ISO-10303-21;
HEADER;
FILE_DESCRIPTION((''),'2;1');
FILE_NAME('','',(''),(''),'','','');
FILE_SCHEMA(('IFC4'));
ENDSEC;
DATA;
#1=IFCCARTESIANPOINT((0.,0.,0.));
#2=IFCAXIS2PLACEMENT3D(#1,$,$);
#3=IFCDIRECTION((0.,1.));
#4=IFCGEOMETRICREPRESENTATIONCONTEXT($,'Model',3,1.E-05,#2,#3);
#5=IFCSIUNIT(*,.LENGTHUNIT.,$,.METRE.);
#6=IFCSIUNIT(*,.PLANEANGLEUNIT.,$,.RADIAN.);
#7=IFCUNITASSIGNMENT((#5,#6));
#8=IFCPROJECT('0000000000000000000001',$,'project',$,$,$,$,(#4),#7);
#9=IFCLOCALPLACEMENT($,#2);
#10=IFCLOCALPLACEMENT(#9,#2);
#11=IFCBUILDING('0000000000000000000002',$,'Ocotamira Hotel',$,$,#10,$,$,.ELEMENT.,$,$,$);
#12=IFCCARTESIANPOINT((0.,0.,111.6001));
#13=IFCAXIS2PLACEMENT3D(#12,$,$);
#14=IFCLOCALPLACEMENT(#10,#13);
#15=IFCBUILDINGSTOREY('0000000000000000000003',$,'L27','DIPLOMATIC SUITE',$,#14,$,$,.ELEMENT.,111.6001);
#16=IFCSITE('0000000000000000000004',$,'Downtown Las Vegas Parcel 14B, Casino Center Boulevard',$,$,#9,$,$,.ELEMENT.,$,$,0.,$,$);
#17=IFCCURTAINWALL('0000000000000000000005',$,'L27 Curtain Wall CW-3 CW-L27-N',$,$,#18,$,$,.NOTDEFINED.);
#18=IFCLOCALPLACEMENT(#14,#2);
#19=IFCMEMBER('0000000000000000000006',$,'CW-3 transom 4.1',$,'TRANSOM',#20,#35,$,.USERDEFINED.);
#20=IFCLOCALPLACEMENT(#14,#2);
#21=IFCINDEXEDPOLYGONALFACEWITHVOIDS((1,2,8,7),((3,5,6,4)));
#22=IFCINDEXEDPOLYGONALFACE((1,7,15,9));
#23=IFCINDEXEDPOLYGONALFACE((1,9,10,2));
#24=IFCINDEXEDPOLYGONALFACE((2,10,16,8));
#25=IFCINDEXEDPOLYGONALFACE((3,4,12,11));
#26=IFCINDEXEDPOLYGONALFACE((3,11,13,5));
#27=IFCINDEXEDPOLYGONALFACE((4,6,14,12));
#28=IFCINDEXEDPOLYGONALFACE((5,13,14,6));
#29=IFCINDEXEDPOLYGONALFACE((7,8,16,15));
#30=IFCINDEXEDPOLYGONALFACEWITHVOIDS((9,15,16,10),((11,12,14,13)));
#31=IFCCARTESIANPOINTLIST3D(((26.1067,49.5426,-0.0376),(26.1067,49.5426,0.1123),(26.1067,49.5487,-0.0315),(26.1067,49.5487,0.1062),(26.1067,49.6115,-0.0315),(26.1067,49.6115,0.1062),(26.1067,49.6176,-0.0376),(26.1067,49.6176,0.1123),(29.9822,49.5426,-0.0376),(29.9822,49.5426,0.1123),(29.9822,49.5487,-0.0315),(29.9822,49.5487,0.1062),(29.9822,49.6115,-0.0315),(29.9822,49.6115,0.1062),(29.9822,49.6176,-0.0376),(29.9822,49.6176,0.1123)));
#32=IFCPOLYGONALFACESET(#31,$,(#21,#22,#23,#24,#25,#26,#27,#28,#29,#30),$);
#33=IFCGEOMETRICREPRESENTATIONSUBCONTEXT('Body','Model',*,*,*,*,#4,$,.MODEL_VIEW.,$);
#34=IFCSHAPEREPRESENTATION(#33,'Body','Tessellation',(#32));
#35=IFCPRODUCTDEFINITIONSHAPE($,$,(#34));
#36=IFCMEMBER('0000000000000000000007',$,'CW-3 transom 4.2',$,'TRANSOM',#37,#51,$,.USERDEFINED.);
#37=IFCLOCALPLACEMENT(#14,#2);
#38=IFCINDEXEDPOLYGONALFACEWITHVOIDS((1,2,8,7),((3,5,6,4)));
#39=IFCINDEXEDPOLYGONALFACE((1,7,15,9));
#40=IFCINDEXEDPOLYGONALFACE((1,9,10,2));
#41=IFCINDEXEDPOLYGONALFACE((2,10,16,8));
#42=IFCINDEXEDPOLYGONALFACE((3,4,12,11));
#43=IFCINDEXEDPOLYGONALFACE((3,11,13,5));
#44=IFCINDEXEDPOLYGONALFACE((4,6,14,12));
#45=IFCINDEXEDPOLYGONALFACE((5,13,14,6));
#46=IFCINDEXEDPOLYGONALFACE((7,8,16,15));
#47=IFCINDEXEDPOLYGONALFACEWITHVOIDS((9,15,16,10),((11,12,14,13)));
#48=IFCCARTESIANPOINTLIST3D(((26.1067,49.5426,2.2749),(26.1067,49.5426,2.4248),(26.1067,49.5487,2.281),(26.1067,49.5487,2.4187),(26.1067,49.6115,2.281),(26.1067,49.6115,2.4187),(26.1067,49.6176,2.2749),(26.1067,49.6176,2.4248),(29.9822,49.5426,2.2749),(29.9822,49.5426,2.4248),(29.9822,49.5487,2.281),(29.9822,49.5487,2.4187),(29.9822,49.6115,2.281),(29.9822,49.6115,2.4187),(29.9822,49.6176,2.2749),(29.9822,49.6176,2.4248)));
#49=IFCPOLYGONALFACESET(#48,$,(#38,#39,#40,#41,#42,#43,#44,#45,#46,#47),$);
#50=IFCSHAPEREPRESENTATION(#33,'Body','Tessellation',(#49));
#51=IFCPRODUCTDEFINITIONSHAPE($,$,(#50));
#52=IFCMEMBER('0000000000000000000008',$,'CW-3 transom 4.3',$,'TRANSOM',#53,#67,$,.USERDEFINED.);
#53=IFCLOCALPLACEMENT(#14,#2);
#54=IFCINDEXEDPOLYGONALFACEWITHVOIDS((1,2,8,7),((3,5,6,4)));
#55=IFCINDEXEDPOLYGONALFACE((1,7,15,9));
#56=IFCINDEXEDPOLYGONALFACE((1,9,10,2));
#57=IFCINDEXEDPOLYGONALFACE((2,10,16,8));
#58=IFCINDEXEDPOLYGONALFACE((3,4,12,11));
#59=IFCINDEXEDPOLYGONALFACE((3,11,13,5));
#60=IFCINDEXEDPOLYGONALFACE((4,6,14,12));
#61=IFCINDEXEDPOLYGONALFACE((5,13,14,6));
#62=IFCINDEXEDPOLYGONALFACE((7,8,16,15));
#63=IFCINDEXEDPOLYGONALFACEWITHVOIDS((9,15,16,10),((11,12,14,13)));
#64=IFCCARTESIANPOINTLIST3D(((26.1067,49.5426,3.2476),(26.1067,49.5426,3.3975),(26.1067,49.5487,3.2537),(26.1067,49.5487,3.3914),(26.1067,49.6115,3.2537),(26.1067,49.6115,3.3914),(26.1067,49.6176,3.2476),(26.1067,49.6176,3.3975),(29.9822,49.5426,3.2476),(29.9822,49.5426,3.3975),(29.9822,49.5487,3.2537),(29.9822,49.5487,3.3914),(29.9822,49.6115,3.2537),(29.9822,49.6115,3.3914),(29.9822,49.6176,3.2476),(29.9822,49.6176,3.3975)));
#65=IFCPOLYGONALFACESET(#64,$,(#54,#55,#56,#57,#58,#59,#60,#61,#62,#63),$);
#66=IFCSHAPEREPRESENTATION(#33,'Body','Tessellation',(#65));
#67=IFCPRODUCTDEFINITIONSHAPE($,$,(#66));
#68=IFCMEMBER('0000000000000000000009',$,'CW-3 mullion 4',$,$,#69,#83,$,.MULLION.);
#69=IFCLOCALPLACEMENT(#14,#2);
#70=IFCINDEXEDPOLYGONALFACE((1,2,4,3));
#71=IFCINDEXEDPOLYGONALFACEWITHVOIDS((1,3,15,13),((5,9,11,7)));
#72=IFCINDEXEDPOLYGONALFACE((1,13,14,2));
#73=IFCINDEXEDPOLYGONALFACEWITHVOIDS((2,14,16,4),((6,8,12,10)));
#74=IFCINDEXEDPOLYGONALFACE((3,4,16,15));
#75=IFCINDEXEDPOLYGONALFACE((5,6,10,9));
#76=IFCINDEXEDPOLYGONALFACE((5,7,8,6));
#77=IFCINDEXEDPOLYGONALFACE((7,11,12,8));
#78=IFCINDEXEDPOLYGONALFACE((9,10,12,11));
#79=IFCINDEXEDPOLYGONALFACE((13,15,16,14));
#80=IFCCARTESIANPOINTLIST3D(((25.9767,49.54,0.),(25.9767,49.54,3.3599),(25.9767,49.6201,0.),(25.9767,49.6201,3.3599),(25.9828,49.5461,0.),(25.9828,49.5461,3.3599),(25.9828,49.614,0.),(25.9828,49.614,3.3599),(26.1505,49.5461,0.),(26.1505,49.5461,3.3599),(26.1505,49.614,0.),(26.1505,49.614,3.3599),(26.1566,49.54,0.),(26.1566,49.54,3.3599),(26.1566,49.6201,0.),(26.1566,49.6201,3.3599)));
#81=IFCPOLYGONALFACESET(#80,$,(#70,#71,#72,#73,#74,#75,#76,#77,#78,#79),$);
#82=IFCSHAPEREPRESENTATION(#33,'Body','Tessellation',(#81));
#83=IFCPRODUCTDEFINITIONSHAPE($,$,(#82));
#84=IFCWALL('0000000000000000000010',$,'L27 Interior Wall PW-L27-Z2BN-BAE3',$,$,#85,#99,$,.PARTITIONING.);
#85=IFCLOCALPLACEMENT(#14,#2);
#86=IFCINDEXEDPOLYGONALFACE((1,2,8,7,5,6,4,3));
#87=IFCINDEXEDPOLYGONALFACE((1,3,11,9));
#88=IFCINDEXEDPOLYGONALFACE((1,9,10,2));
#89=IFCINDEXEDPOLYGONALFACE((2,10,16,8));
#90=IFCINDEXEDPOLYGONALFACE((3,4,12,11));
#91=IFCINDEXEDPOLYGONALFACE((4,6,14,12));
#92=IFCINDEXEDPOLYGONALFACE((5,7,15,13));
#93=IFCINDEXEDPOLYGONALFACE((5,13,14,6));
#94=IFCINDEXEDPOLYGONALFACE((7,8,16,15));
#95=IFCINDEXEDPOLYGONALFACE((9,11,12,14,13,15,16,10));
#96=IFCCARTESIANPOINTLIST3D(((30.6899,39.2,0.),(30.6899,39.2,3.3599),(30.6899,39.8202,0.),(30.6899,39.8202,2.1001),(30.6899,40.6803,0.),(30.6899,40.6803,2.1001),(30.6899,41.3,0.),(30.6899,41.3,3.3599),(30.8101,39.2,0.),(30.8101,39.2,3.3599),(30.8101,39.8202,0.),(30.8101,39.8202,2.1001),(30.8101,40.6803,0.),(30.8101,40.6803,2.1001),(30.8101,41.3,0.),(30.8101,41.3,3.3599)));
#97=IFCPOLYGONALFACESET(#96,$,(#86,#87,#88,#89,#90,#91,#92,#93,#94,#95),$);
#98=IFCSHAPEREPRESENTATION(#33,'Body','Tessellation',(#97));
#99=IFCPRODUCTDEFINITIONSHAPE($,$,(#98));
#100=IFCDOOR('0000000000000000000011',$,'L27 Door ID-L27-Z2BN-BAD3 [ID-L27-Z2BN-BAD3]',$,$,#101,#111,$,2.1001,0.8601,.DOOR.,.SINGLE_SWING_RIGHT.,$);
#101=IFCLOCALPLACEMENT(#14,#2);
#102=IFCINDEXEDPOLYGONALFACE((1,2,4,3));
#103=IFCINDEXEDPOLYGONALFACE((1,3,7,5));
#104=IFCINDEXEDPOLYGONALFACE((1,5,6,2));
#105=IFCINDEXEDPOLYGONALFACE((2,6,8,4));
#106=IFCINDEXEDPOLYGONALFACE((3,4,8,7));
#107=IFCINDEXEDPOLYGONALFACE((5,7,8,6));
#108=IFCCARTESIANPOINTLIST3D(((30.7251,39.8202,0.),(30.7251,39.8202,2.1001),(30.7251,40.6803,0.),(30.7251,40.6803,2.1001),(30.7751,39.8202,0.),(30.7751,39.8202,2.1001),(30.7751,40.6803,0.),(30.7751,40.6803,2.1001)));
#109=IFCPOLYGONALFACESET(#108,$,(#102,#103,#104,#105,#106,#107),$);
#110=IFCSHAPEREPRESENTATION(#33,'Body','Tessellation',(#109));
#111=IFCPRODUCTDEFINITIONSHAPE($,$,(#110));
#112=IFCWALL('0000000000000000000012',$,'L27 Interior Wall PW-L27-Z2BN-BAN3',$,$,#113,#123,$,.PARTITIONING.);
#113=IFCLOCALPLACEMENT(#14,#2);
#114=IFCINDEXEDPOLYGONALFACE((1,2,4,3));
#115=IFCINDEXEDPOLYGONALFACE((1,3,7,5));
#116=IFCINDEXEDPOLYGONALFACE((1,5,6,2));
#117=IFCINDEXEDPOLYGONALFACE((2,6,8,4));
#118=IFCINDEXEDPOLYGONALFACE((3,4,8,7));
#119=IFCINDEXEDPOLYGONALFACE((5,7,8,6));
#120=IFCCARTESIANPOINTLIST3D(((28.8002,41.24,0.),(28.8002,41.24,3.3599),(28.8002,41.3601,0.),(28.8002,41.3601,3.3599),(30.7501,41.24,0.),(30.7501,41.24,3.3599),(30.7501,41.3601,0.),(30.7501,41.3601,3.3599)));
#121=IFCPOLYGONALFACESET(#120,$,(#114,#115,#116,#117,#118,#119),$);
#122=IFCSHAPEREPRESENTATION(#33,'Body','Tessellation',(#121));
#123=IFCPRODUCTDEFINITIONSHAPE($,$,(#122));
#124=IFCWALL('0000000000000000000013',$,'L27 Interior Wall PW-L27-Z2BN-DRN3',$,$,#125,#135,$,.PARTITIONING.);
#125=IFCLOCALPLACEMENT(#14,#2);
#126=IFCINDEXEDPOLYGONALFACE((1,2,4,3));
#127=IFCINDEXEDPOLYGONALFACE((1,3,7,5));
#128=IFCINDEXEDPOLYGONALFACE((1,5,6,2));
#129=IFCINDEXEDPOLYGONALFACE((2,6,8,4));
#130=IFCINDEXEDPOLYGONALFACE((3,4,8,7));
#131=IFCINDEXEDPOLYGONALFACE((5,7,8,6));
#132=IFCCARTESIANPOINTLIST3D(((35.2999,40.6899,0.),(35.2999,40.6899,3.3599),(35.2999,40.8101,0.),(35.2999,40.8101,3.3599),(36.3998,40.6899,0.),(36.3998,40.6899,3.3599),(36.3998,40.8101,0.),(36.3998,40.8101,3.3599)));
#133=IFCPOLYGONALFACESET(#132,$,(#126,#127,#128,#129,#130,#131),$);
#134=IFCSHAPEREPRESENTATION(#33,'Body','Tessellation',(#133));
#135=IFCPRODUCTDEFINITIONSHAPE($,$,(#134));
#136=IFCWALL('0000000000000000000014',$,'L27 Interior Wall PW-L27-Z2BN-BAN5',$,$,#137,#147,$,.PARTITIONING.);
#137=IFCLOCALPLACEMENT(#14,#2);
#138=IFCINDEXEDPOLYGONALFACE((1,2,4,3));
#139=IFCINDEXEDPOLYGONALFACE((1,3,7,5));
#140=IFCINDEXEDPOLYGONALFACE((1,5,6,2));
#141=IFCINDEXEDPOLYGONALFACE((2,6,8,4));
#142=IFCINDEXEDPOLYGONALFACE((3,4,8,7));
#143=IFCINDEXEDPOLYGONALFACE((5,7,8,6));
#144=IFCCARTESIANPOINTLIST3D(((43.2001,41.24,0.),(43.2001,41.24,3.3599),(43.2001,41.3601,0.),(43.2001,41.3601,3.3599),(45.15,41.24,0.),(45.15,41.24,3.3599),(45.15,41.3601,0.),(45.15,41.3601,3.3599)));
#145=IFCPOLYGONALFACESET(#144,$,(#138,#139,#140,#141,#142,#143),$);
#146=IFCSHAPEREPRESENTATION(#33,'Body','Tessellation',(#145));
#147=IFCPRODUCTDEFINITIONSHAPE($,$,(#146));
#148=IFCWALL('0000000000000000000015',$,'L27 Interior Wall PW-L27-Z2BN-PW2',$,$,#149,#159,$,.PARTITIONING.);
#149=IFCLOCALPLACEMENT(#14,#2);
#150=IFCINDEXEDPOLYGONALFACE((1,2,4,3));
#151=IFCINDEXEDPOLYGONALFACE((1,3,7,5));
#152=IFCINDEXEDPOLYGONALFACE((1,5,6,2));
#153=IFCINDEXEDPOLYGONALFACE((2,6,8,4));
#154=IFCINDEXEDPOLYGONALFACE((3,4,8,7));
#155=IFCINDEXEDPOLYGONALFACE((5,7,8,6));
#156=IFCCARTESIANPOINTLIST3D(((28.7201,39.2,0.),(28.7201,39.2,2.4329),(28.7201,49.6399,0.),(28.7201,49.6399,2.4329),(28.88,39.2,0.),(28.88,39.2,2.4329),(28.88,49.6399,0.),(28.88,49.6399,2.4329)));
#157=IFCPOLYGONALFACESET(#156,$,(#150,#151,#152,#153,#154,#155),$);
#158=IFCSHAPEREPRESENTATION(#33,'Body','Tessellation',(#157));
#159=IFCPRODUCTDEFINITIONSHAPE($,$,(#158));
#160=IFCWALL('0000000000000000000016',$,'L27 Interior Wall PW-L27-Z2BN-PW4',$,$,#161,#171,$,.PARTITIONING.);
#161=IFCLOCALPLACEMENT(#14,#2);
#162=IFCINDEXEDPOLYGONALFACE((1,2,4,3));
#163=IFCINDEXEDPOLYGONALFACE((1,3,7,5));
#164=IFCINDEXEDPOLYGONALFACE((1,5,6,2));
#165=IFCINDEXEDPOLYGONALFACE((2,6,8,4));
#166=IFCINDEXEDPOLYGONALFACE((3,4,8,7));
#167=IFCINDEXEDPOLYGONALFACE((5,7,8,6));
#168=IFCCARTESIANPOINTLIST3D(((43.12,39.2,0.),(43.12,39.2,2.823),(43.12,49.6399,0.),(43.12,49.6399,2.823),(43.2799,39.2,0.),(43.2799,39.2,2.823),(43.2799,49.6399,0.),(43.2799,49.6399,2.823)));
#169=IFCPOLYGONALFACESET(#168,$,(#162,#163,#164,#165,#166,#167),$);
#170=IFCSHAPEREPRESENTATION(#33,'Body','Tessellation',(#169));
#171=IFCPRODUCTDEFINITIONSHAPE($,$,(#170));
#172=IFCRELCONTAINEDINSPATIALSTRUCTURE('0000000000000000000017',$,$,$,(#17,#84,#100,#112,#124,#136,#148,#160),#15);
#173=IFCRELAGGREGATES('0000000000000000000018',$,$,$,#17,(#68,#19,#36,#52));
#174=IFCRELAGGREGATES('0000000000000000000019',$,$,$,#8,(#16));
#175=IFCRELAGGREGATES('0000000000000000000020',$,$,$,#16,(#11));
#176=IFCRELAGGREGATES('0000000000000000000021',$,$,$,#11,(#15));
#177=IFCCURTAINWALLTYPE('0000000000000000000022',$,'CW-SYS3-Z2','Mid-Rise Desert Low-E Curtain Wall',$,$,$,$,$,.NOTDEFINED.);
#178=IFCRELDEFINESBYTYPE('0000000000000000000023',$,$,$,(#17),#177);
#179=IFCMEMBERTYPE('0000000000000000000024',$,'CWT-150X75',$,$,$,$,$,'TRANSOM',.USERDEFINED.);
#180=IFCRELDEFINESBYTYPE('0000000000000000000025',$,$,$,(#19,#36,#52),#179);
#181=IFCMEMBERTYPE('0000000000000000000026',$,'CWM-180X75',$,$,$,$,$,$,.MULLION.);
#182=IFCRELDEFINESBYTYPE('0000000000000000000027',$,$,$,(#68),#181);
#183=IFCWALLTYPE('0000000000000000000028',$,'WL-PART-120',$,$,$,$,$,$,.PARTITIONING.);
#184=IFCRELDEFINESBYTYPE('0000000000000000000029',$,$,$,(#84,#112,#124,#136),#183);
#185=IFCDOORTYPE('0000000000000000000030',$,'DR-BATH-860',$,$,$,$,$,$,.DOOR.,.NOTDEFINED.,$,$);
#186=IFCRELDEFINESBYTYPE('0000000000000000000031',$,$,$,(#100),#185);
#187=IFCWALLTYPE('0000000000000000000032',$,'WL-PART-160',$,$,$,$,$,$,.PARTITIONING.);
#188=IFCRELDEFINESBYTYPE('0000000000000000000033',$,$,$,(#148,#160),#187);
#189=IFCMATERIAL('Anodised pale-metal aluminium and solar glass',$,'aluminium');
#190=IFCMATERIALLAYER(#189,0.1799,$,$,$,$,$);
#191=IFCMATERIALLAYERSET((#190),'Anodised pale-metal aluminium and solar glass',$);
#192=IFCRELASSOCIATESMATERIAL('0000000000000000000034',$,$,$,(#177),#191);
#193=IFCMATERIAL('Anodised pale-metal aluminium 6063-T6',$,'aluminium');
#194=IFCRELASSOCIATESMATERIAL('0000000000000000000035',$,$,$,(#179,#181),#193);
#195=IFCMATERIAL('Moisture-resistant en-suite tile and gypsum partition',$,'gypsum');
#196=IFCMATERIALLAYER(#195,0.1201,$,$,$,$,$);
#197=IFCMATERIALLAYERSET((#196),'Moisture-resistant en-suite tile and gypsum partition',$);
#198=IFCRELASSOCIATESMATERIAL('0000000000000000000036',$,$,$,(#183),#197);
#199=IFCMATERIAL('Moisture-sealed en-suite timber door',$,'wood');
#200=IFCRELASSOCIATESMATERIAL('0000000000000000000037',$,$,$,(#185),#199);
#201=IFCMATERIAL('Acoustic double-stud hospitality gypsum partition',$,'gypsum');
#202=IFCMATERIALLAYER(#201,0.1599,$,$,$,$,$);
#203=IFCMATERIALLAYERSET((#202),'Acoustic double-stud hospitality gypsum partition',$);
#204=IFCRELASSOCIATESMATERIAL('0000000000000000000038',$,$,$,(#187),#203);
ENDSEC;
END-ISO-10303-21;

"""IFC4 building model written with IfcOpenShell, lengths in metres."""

from ifc_helpers import new_model, si_unit, direction, frame, frame_2d, origin, origin_2d, place, context, subcontext, project, spatial, rectangle, hollow_rectangle, extrude, source, transform, mapped, material, layer, layer_set, material_profile, profile_set, type_object, element, fill, aggregate, save


model = new_model("IFC4")

# Units and contexts
model_context = context("Model", 3, precision=1e-05, world=origin(), true_north=direction((0.0, 1.0)))
body_context = subcontext(model_context, "Body", "Model", "MODEL_VIEW")
ifc_project = project(units=[si_unit("LENGTHUNIT", "METRE"), si_unit("PLANEANGLEUNIT", "RADIAN")], contexts=[model_context])

# Site, building, storey
site_placement = place(None, origin())
site = spatial("IfcSite", under=ifc_project, at=site_placement, Name="Downtown Las Vegas Parcel 14B, Casino Center Boulevard", CompositionType="ELEMENT", RefElevation=0.0)
building_placement = place(site_placement, origin())
building = spatial("IfcBuilding", under=site, at=building_placement, Name="Ocotamira Hotel", CompositionType="ELEMENT")
storey_placement = place(building_placement, frame((0.0, 0.0, 111.6001)))
storey = spatial("IfcBuildingStorey", under=building, at=storey_placement, Name="L27", Description="DIPLOMATIC SUITE", CompositionType="ELEMENT", Elevation=111.6001)

# Curtain wall, members
ifc_material_1 = material(Name="Anodised pale-metal aluminium and solar glass", Category="aluminium")
ifc_layer_1 = layer(ifc_material_1, 0.1799)
ifc_layer_set_1 = layer_set([ifc_layer_1], Name="Anodised pale-metal aluminium and solar glass")
curtain_wall_type = type_object("IfcCurtainWallType", Name="CW-SYS3-Z2", Description="Mid-Rise Desert Low-E Curtain Wall", PredefinedType="NOTDEFINED", material=ifc_layer_set_1)
curtain_wall_placement = place(storey_placement, origin())
curtain_wall = element("IfcCurtainWall", 1, at=curtain_wall_placement, inside=storey, type_object=curtain_wall_type, Name="L27 Curtain Wall CW-3 CW-L27-N", PredefinedType="NOTDEFINED")
ifc_material_2 = material(Name="Anodised pale-metal aluminium 6063-T6", Category="aluminium")
ifc_material_profile_1 = material_profile(ifc_material_2, hollow_rectangle(XDim=0.075, YDim=0.1499, WallThickness=0.0061, at=origin_2d()), Name="HSS150X75X6")
ifc_profile_set_1 = profile_set([ifc_material_profile_1], Name="Anodised pale-metal aluminium 6063-T6")
member_type_1 = type_object("IfcMemberType", Name="CWT-150X75", ElementType="TRANSOM", PredefinedType="USERDEFINED", material=ifc_profile_set_1)
shared_shape_1 = source(origin(), body_context, "Body", "SweptSolid", [
    extrude(hollow_rectangle(XDim=0.075, YDim=0.1499, WallThickness=0.0061, at=origin_2d()), origin(), (0.0, 0.0, 1.0), 3.8755),
])
member_1_placement = place(storey_placement, frame((26.1067, 49.5801, 0.0374), z_axis=(1.0, 0.0, 0.0), x_axis=(0.0, 1.0, 0.0)))
member_1 = element("IfcMember", 2, at=member_1_placement, type_object=member_type_1, Name="CW-3 transom 4.1", ObjectType="TRANSOM", PredefinedType="USERDEFINED", context=body_context, shape_type="MappedRepresentation", body=[
    mapped(shared_shape_1, transform((0.0, 0.0, 0.0), scale=1.0)),
])
member_2_placement = place(storey_placement, frame((26.1067, 49.5801, 2.3499), z_axis=(1.0, 0.0, 0.0), x_axis=(0.0, 1.0, 0.0)))
member_2 = element("IfcMember", 3, at=member_2_placement, type_object=member_type_1, Name="CW-3 transom 4.2", ObjectType="TRANSOM", PredefinedType="USERDEFINED", context=body_context, shape_type="MappedRepresentation", body=[
    mapped(shared_shape_1, transform((0.0, 0.0, 0.0), scale=1.0)),
])
member_3_placement = place(storey_placement, frame((26.1067, 49.5801, 3.3225), z_axis=(1.0, 0.0, 0.0), x_axis=(0.0, 1.0, 0.0)))
member_3 = element("IfcMember", 4, at=member_3_placement, type_object=member_type_1, Name="CW-3 transom 4.3", ObjectType="TRANSOM", PredefinedType="USERDEFINED", context=body_context, shape_type="MappedRepresentation", body=[
    mapped(shared_shape_1, transform((0.0, 0.0, 0.0), scale=1.0)),
])
ifc_material_profile_2 = material_profile(ifc_material_2, hollow_rectangle(XDim=0.0801, YDim=0.1799, WallThickness=0.0061, at=origin_2d()), Name="HSS180X80X6")
ifc_profile_set_2 = profile_set([ifc_material_profile_2], Name="Anodised pale-metal aluminium 6063-T6")
member_type_2 = type_object("IfcMemberType", Name="CWM-180X75", PredefinedType="MULLION", material=ifc_profile_set_2)
shared_shape_2 = source(origin(), body_context, "Body", "SweptSolid", [
    extrude(hollow_rectangle(XDim=0.0801, YDim=0.1799, WallThickness=0.0061, at=origin_2d()), origin(), (0.0, 0.0, 1.0), 3.3599),
])
member_4_placement = place(storey_placement, frame((26.0667, 49.5801, 0.0), z_axis=(0.0, 0.0, 1.0), x_axis=(0.0, 1.0, 0.0)))
member_4 = element("IfcMember", 5, at=member_4_placement, type_object=member_type_2, Name="CW-3 mullion 4", PredefinedType="MULLION", context=body_context, shape_type="MappedRepresentation", body=[
    mapped(shared_shape_2, transform((0.0, 0.0, 0.0), scale=1.0)),
])
aggregate(curtain_wall, [member_4, member_1, member_2, member_3])

# Wall, opening, door
ifc_material_3 = material(Name="Moisture-resistant en-suite tile and gypsum partition", Category="gypsum")
ifc_layer_2 = layer(ifc_material_3, 0.1201)
ifc_layer_set_2 = layer_set([ifc_layer_2], Name="Moisture-resistant en-suite tile and gypsum partition")
wall_type_1 = type_object("IfcWallType", Name="WL-PART-120", PredefinedType="PARTITIONING", material=ifc_layer_set_2)
wall_1_placement = place(storey_placement, frame((30.75, 39.2, 0.0), z_axis=(0.0, 0.0, 1.0), x_axis=(0.0, 1.0, 0.0)))
wall_1 = element("IfcWall", 6, at=wall_1_placement, inside=storey, type_object=wall_type_1, Name="L27 Interior Wall PW-L27-Z2BN-BAE3", PredefinedType="PARTITIONING", context=body_context, shape_type="SweptSolid", body=[
    extrude(rectangle(XDim=2.1001, YDim=0.1201, at=frame_2d((1.05, 0.0))), origin(), (0.0, 0.0, 1.0), 3.3599),
])
opening_1_placement = place(wall_1_placement, frame((0.6201, 0.0, 0.0)))
opening_1 = element("IfcOpeningElement", 7, at=opening_1_placement, cuts=wall_1, PredefinedType="OPENING", context=body_context, shape_type="SweptSolid", body=[
    extrude(rectangle(XDim=0.8601, YDim=2.1001, at=frame_2d((0.4302, 1.05))), frame((0.0, 0.0701, 0.0), z_axis=(0.0, -1.0, 0.0), x_axis=(1.0, 0.0, 0.0)), (0.0, 0.0, 1.0), 0.1401),
])
ifc_material_4 = material(Name="Moisture-sealed en-suite timber door", Category="wood")
door_type_1 = type_object("IfcDoorType", Name="DR-BATH-860", OperationType="NOTDEFINED", PredefinedType="DOOR", material=ifc_material_4)
shared_shape_3 = source(origin(), body_context, "Body", "SweptSolid", [
    extrude(rectangle(XDim=0.8601, YDim=2.1001, at=frame_2d((0.4302, 1.05))), frame((0.0, 0.0249, 0.0), z_axis=(0.0, -1.0, 0.0), x_axis=(1.0, 0.0, 0.0)), (0.0, 0.0, 1.0), 0.05),
])
door_1_placement = place(opening_1_placement, origin())
door_1 = element("IfcDoor", 8, at=door_1_placement, inside=storey, type_object=door_type_1, Name="L27 Door ID-L27-Z2BN-BAD3 [ID-L27-Z2BN-BAD3]", OperationType="SINGLE_SWING_RIGHT", OverallHeight=2.1001, OverallWidth=0.8601, PredefinedType="DOOR", context=body_context, shape_type="MappedRepresentation", body=[
    mapped(shared_shape_3, transform((0.0, 0.0, 0.0), scale=1.0)),
])
fill(opening_1, door_1)

# Walls
wall_2_placement = place(storey_placement, frame((28.8, 41.3, 0.0), z_axis=(0.0, 0.0, 1.0), x_axis=(1.0, 0.0, 0.0)))
element("IfcWall", 9, at=wall_2_placement, inside=storey, type_object=wall_type_1, Name="L27 Interior Wall PW-L27-Z2BN-BAN3", PredefinedType="PARTITIONING", context=body_context, shape_type="SweptSolid", body=[
    extrude(rectangle(XDim=1.95, YDim=0.1201, at=frame_2d((0.9751, 0.0))), origin(), (0.0, 0.0, 1.0), 3.3599),
])
wall_3_placement = place(storey_placement, frame((35.3, 40.75, 0.0), z_axis=(0.0, 0.0, 1.0), x_axis=(1.0, 0.0, 0.0)))
element("IfcWall", 10, at=wall_3_placement, inside=storey, type_object=wall_type_1, Name="L27 Interior Wall PW-L27-Z2BN-DRN3", PredefinedType="PARTITIONING", context=body_context, shape_type="SweptSolid", body=[
    extrude(rectangle(XDim=1.0999, YDim=0.1201, at=frame_2d((0.5498, 0.0))), origin(), (0.0, 0.0, 1.0), 3.3599),
])
wall_4_placement = place(storey_placement, frame((43.2, 41.3, 0.0), z_axis=(0.0, 0.0, 1.0), x_axis=(1.0, 0.0, 0.0)))
element("IfcWall", 11, at=wall_4_placement, inside=storey, type_object=wall_type_1, Name="L27 Interior Wall PW-L27-Z2BN-BAN5", PredefinedType="PARTITIONING", context=body_context, shape_type="SweptSolid", body=[
    extrude(rectangle(XDim=1.95, YDim=0.1201, at=frame_2d((0.9751, 0.0))), origin(), (0.0, 0.0, 1.0), 3.3599),
])
ifc_material_5 = material(Name="Acoustic double-stud hospitality gypsum partition", Category="gypsum")
ifc_layer_3 = layer(ifc_material_5, 0.1599)
ifc_layer_set_3 = layer_set([ifc_layer_3], Name="Acoustic double-stud hospitality gypsum partition")
wall_type_2 = type_object("IfcWallType", Name="WL-PART-160", PredefinedType="PARTITIONING", material=ifc_layer_set_3)
wall_5_placement = place(storey_placement, frame((28.8, 39.2, 0.0), z_axis=(0.0, 0.0, 1.0), x_axis=(0.0, 1.0, 0.0)))
element("IfcWall", 12, at=wall_5_placement, inside=storey, type_object=wall_type_2, Name="L27 Interior Wall PW-L27-Z2BN-PW2", PredefinedType="PARTITIONING", context=body_context, shape_type="SweptSolid", body=[
    extrude(rectangle(XDim=10.4399, YDim=0.1599, at=frame_2d((5.22, 0.0))), origin(), (0.0, 0.0, 1.0), 2.4329),
])
wall_6_placement = place(storey_placement, frame((43.2, 39.2, 0.0), z_axis=(0.0, 0.0, 1.0), x_axis=(0.0, 1.0, 0.0)))
element("IfcWall", 13, at=wall_6_placement, inside=storey, type_object=wall_type_2, Name="L27 Interior Wall PW-L27-Z2BN-PW4", PredefinedType="PARTITIONING", context=body_context, shape_type="SweptSolid", body=[
    extrude(rectangle(XDim=10.4399, YDim=0.1599, at=frame_2d((5.22, 0.0))), origin(), (0.0, 0.0, 1.0), 2.823),
])

save(model, "model.ifc")
